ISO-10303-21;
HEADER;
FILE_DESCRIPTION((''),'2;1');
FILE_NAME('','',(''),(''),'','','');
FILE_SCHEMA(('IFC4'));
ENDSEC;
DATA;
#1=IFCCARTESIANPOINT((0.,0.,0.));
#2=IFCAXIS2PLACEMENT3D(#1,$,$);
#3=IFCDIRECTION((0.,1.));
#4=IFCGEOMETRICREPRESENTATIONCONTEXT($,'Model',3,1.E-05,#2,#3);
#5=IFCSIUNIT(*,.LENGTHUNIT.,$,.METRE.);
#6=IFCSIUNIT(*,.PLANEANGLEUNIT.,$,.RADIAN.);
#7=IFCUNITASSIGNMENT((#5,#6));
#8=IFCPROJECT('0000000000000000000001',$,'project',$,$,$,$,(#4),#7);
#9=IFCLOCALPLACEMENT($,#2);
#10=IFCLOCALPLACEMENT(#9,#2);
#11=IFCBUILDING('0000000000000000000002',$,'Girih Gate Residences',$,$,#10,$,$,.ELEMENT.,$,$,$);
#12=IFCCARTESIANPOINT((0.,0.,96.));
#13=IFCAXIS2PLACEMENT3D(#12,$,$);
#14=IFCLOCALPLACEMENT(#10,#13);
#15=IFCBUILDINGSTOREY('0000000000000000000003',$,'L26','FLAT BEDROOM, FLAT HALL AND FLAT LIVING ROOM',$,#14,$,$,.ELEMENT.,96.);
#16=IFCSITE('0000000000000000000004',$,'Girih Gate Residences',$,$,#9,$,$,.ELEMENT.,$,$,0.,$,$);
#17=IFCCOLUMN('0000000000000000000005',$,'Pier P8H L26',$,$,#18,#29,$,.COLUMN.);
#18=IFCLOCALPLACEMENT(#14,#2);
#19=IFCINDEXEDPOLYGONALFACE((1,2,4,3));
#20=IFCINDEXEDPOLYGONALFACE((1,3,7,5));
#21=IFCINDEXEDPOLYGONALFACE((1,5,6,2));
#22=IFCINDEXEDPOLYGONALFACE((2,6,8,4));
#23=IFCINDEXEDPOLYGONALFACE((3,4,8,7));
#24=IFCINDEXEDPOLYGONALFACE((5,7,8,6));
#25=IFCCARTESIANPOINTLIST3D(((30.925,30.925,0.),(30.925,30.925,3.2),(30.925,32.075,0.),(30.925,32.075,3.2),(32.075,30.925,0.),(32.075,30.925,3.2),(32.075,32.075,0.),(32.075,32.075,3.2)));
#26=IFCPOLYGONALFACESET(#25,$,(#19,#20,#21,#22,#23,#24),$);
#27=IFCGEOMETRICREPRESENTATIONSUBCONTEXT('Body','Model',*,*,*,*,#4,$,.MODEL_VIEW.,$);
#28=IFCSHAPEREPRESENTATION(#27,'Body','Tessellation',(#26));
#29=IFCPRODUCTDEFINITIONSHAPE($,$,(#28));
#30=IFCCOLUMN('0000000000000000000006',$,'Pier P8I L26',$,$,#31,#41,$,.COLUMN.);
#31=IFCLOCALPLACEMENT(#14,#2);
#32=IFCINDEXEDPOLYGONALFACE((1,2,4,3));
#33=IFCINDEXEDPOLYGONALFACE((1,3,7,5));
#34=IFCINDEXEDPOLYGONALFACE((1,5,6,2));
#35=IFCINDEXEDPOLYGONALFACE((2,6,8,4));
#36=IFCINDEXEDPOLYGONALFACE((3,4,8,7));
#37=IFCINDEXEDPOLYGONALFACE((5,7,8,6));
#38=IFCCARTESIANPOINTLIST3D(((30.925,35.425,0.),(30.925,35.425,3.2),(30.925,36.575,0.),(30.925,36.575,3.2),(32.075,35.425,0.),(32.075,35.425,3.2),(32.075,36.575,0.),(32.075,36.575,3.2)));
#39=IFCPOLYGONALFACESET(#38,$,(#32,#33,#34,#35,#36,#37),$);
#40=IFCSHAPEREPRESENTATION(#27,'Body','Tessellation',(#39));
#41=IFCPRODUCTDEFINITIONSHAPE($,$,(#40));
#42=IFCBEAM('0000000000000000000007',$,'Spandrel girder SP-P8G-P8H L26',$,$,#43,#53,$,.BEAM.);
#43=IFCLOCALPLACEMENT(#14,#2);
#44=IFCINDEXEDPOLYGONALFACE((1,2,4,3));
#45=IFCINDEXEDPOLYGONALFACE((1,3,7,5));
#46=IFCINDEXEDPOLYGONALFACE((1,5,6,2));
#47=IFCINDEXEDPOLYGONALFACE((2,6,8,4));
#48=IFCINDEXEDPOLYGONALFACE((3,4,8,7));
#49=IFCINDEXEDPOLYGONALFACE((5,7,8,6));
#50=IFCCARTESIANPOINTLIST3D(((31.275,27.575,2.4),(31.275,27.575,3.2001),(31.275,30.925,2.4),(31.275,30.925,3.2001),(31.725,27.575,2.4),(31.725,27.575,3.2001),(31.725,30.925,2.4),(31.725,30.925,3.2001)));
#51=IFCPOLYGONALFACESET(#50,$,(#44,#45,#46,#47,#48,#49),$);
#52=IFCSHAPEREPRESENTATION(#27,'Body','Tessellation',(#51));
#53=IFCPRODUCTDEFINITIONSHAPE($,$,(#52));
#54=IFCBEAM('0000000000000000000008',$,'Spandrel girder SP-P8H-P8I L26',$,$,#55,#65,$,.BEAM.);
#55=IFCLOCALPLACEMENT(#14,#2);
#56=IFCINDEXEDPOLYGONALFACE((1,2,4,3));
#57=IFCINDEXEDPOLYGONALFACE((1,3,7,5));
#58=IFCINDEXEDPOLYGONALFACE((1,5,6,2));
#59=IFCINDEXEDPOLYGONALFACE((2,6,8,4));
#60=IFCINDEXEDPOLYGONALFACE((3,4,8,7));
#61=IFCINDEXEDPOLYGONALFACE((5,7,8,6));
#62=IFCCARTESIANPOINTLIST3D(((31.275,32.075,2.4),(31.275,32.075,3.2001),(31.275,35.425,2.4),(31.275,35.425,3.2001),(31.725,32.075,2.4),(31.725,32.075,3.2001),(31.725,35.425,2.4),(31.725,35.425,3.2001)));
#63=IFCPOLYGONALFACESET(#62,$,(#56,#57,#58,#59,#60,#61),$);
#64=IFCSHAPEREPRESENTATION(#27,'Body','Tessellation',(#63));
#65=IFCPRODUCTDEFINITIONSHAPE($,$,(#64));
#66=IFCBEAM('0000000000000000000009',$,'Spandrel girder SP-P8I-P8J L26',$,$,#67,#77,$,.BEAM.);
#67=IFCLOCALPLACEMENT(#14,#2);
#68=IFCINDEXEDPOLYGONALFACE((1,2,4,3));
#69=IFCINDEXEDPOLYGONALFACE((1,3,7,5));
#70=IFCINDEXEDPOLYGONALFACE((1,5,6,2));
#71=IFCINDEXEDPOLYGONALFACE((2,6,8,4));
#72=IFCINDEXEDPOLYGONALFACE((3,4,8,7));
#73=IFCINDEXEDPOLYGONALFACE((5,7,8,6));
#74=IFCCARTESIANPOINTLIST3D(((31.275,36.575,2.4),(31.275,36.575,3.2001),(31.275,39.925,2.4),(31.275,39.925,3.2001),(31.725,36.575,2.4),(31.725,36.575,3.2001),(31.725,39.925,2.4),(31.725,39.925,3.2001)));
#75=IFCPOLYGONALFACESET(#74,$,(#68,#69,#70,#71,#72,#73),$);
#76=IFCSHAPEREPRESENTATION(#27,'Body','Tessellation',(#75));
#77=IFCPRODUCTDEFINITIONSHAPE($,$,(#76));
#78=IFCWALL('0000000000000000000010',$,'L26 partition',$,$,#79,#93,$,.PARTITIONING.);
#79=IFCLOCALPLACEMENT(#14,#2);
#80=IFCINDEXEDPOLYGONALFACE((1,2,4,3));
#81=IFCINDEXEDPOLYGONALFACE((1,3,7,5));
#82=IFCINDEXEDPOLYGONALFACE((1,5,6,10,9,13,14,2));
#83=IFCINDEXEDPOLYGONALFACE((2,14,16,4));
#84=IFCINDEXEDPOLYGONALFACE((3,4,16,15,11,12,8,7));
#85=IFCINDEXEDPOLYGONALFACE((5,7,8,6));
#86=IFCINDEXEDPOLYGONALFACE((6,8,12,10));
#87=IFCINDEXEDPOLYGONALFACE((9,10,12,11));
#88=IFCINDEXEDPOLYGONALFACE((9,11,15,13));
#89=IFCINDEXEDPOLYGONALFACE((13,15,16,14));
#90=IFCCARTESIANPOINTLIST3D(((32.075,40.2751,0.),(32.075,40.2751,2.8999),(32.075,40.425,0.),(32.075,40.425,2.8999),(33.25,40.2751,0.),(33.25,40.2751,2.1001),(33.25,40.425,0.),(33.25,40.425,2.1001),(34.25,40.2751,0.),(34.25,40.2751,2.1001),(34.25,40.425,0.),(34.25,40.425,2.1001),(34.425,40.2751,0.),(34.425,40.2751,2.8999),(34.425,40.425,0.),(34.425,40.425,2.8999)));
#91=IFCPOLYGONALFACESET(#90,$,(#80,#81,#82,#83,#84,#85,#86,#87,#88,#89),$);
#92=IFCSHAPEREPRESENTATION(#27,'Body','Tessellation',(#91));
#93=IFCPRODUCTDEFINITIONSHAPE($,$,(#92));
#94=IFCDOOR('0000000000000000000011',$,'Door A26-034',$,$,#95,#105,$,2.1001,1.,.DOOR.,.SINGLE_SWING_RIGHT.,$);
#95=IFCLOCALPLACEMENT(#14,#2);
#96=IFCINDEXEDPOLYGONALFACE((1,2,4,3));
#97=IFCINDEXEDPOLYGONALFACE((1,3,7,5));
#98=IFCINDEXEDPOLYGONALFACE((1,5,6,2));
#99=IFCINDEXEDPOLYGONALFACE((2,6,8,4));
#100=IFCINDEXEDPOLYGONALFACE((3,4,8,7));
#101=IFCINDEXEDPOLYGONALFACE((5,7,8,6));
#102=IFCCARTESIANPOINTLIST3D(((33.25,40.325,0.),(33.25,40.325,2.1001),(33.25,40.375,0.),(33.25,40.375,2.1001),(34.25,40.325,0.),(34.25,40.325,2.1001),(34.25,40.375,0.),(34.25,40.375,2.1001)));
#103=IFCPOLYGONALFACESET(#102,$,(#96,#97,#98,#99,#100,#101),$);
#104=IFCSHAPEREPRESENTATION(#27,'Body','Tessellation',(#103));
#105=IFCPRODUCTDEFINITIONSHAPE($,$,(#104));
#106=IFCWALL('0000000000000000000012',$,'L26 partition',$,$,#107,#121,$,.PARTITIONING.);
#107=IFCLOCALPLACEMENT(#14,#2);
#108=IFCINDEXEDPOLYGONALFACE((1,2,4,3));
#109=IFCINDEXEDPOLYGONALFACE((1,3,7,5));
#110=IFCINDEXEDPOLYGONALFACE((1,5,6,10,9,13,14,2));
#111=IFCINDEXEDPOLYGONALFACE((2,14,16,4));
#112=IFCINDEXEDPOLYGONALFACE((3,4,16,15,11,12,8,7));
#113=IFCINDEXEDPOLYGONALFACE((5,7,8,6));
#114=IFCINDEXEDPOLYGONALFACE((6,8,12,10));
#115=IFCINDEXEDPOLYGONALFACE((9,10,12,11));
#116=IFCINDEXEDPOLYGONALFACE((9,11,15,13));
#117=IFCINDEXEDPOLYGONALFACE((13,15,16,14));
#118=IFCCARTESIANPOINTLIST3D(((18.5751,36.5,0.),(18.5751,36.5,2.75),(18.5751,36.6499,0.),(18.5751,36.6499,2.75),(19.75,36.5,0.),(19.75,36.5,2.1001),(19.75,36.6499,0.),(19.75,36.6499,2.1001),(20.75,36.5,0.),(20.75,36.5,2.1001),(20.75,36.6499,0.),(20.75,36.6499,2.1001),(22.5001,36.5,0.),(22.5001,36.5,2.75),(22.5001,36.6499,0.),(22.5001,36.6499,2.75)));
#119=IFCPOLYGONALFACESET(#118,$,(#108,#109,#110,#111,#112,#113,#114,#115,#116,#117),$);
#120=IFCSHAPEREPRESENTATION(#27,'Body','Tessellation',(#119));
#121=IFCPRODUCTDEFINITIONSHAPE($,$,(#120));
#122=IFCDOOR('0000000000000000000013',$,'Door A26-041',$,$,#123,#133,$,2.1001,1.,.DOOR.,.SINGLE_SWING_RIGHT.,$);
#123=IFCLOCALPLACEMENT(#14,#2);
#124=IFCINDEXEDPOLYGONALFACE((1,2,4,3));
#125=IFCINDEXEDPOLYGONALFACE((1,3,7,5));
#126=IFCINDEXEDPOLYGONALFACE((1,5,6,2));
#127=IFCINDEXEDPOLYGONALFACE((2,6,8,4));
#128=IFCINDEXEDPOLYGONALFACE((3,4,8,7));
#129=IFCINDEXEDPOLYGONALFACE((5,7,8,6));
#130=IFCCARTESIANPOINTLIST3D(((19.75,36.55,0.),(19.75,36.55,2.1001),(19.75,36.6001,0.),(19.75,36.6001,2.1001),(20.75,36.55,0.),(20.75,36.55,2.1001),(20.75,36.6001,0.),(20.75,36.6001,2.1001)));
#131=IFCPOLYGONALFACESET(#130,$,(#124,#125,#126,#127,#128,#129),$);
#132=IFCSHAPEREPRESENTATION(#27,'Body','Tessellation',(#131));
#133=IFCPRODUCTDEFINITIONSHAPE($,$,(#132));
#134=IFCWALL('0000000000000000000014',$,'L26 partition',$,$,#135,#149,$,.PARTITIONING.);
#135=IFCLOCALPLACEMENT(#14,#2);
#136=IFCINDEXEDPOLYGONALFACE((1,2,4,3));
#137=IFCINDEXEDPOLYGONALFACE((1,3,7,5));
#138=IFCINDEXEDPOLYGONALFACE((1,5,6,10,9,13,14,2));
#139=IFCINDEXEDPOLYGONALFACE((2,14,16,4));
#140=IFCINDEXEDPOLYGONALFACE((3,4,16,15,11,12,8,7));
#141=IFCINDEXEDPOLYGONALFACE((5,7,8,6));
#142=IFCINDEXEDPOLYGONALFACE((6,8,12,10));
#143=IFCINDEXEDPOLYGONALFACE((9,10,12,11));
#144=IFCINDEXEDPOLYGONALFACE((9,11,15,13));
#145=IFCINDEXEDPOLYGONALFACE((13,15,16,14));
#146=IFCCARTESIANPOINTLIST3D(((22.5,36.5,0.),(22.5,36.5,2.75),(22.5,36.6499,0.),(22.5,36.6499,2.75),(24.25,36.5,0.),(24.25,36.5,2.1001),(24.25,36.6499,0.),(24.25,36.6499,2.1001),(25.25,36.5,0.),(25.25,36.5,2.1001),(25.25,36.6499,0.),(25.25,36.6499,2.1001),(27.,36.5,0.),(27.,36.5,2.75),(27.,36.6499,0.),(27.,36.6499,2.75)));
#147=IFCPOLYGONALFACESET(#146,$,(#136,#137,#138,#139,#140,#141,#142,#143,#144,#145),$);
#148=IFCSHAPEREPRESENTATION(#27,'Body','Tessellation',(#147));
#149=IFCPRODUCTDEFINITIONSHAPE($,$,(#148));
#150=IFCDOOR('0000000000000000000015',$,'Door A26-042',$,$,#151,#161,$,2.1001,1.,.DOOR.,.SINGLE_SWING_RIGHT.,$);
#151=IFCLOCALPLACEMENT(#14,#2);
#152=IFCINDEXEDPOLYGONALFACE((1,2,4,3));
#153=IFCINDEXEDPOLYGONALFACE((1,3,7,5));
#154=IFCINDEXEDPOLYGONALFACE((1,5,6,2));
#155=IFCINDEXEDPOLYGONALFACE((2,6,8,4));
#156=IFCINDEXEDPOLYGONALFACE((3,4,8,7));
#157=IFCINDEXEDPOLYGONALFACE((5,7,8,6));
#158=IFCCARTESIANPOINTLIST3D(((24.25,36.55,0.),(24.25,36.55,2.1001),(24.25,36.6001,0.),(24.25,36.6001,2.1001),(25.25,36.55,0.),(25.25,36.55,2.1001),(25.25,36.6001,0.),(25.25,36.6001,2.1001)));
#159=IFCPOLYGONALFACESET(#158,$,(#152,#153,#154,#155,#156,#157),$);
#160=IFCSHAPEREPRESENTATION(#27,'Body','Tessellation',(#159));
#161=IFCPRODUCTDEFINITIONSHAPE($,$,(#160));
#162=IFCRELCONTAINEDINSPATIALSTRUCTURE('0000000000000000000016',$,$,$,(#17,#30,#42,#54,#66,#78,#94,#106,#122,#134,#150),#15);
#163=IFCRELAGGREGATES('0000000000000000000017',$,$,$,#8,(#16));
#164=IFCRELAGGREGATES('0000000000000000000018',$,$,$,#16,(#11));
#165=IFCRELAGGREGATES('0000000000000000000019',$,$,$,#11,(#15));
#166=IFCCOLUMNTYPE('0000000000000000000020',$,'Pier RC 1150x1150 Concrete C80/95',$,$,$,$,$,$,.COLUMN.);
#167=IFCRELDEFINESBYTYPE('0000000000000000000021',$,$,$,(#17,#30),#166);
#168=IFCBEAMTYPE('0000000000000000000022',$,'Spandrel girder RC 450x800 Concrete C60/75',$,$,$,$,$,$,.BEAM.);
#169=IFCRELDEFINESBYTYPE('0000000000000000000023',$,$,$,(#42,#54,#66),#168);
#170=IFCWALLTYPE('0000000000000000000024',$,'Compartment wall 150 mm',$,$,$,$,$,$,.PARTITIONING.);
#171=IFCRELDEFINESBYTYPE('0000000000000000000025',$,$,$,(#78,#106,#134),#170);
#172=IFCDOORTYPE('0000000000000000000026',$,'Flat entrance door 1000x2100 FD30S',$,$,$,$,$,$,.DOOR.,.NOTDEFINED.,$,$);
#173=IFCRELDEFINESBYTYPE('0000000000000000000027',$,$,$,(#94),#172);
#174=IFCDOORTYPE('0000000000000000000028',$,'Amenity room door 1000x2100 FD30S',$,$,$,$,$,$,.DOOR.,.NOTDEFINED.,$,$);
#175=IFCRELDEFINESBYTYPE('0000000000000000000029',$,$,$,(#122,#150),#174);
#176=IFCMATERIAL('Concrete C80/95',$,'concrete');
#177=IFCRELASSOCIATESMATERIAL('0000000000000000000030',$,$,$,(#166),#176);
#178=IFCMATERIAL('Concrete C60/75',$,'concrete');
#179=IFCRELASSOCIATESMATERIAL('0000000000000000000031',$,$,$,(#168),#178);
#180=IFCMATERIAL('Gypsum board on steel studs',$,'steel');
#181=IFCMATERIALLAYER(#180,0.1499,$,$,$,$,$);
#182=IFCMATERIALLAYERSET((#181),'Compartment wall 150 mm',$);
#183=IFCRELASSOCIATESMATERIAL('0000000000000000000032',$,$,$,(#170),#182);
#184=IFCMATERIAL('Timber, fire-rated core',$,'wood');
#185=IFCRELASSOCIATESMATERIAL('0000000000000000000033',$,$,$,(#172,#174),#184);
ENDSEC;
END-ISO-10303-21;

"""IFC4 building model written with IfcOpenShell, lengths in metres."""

from ifc_helpers import new_model, si_unit, direction, frame, frame_2d, origin, origin_2d, place, context, subcontext, project, spatial, rectangle, extrude, material, layer, layer_set, material_profile, profile_set, type_object, element, fill, save


model = new_model("IFC4")

# Units and contexts
model_context = context("Model", 3, precision=1e-05, world=origin(), true_north=direction((0.0, 1.0)))
body_context = subcontext(model_context, "Body", "Model", "MODEL_VIEW")
ifc_project = project(units=[si_unit("LENGTHUNIT", "METRE"), si_unit("PLANEANGLEUNIT", "RADIAN")], contexts=[model_context])

# Site, building, storey
site_placement = place(None, origin())
site = spatial("IfcSite", under=ifc_project, at=site_placement, Name="Girih Gate Residences", CompositionType="ELEMENT", RefElevation=0.0)
building_placement = place(site_placement, origin())
building = spatial("IfcBuilding", under=site, at=building_placement, Name="Girih Gate Residences", CompositionType="ELEMENT")
storey_placement = place(building_placement, frame((0.0, 0.0, 96.0)))
storey = spatial("IfcBuildingStorey", under=building, at=storey_placement, Name="L26", Description="FLAT BEDROOM, FLAT HALL AND FLAT LIVING ROOM", CompositionType="ELEMENT", Elevation=96.0)

# Columns
ifc_material_1 = material(Name="Concrete C80/95", Category="concrete")
ifc_material_profile_1 = material_profile(ifc_material_1, rectangle(XDim=1.1499, YDim=1.1499, at=origin_2d()))
ifc_profile_set_1 = profile_set([ifc_material_profile_1], Name="Concrete C80/95")
column_type = type_object("IfcColumnType", Name="Pier RC 1150x1150 Concrete C80/95", PredefinedType="COLUMN", material=ifc_profile_set_1)
for number, where, z_axis, x_axis, name in (
    (1, (31.5, 31.5, 0.0), (0.0, 0.0, 1.0), (1.0, 0.0, 0.0), "Pier P8H L26"),
    (2, (31.5, 36.0, 0.0), (0.0, 0.0, 1.0), (1.0, 0.0, 0.0), "Pier P8I L26"),
):
    element("IfcColumn", number, at=place(storey_placement, frame(where, z_axis=z_axis, x_axis=x_axis)), inside=storey, type_object=column_type, Name=name, PredefinedType="COLUMN", context=body_context, shape_type="SweptSolid", body=[
        extrude(rectangle(XDim=1.1499, YDim=1.1499, at=origin_2d()), origin(), (0.0, 0.0, 1.0), 3.2),
    ])

# Beams
ifc_material_2 = material(Name="Concrete C60/75", Category="concrete")
ifc_material_profile_2 = material_profile(ifc_material_2, rectangle(XDim=0.45, YDim=0.8, at=origin_2d()))
ifc_profile_set_2 = profile_set([ifc_material_profile_2], Name="Concrete C60/75")
beam_type = type_object("IfcBeamType", Name="Spandrel girder RC 450x800 Concrete C60/75", PredefinedType="BEAM", material=ifc_profile_set_2)
for number, where, z_axis, x_axis, name in (
    (3, (31.5, 27.575, 2.8), (0.0, 1.0, 0.0), (-1.0, 0.0, 0.0), "Spandrel girder SP-P8G-P8H L26"),
    (4, (31.5, 32.075, 2.8), (0.0, 1.0, 0.0), (-1.0, 0.0, 0.0), "Spandrel girder SP-P8H-P8I L26"),
    (5, (31.5, 36.575, 2.8), (0.0, 1.0, 0.0), (-1.0, 0.0, 0.0), "Spandrel girder SP-P8I-P8J L26"),
):
    element("IfcBeam", number, at=place(storey_placement, frame(where, z_axis=z_axis, x_axis=x_axis)), inside=storey, type_object=beam_type, Name=name, PredefinedType="BEAM", context=body_context, shape_type="SweptSolid", body=[
        extrude(rectangle(XDim=0.45, YDim=0.8, at=origin_2d()), origin(), (0.0, 0.0, 1.0), 3.3501),
    ])

# Walls, openings, doors
ifc_material_3 = material(Name="Gypsum board on steel studs", Category="steel")
ifc_layer = layer(ifc_material_3, 0.1499)
ifc_layer_set = layer_set([ifc_layer], Name="Compartment wall 150 mm")
wall_type = type_object("IfcWallType", Name="Compartment wall 150 mm", PredefinedType="PARTITIONING", material=ifc_layer_set)
wall_1_placement = place(storey_placement, frame((32.075, 40.3501, 0.0), z_axis=(0.0, 0.0, 1.0), x_axis=(1.0, 0.0, 0.0)))
wall_1 = element("IfcWall", 6, at=wall_1_placement, inside=storey, type_object=wall_type, Name="L26 partition", PredefinedType="PARTITIONING", context=body_context, shape_type="SweptSolid", body=[
    extrude(rectangle(XDim=2.3501, YDim=0.1499, at=frame_2d((1.175, 0.0))), origin(), (0.0, 0.0, 1.0), 2.8999),
])
opening_1_placement = place(wall_1_placement, frame((1.175, 0.0, 0.0)))
opening_1 = element("IfcOpeningElement", 7, at=opening_1_placement, cuts=wall_1, PredefinedType="OPENING", context=body_context, shape_type="SweptSolid", body=[
    extrude(rectangle(XDim=1.0, YDim=2.1001, at=frame_2d((0.5, 1.05))), frame((0.0, 0.085, 0.0), z_axis=(0.0, -1.0, 0.0), x_axis=(1.0, 0.0, 0.0)), (0.0, 0.0, 1.0), 0.1699),
])
ifc_material_4 = material(Name="Timber, fire-rated core", Category="wood")
door_type_1 = type_object("IfcDoorType", Name="Flat entrance door 1000x2100 FD30S", OperationType="NOTDEFINED", PredefinedType="DOOR", material=ifc_material_4)
door_1_placement = place(opening_1_placement, origin())
door_1 = element("IfcDoor", 8, at=door_1_placement, inside=storey, type_object=door_type_1, Name="Door A26-034", OperationType="SINGLE_SWING_RIGHT", OverallHeight=2.1001, OverallWidth=1.0, PredefinedType="DOOR", context=body_context, shape_type="SweptSolid", body=[
    extrude(rectangle(XDim=1.0, YDim=2.1001, at=frame_2d((0.5, 1.05))), frame((0.0, 0.0249, 0.0), z_axis=(0.0, -1.0, 0.0), x_axis=(1.0, 0.0, 0.0)), (0.0, 0.0, 1.0), 0.05),
])
fill(opening_1, door_1)
wall_2_placement = place(storey_placement, frame((22.5, 36.575, 0.0), z_axis=(0.0, 0.0, 1.0), x_axis=(-1.0, 0.0, 0.0)))
wall_2 = element("IfcWall", 9, at=wall_2_placement, inside=storey, type_object=wall_type, Name="L26 partition", PredefinedType="PARTITIONING", context=body_context, shape_type="SweptSolid", body=[
    extrude(rectangle(XDim=3.925, YDim=0.1499, at=frame_2d((1.9624, 0.0))), origin(), (0.0, 0.0, 1.0), 2.75),
])
opening_2_placement = place(wall_2_placement, frame((1.75, 0.0, 0.0)))
opening_2 = element("IfcOpeningElement", 10, at=opening_2_placement, cuts=wall_2, PredefinedType="OPENING", context=body_context, shape_type="SweptSolid", body=[
    extrude(rectangle(XDim=1.0, YDim=2.1001, at=frame_2d((0.5, 1.05))), frame((0.0, 0.085, 0.0), z_axis=(0.0, -1.0, 0.0), x_axis=(1.0, 0.0, 0.0)), (0.0, 0.0, 1.0), 0.1699),
])
door_type_2 = type_object("IfcDoorType", Name="Amenity room door 1000x2100 FD30S", OperationType="NOTDEFINED", PredefinedType="DOOR", material=ifc_material_4)
door_2_placement = place(opening_2_placement, origin())
door_2 = element("IfcDoor", 11, at=door_2_placement, inside=storey, type_object=door_type_2, Name="Door A26-041", OperationType="SINGLE_SWING_RIGHT", OverallHeight=2.1001, OverallWidth=1.0, PredefinedType="DOOR", context=body_context, shape_type="SweptSolid", body=[
    extrude(rectangle(XDim=1.0, YDim=2.1001, at=frame_2d((0.5, 1.05))), frame((0.0, 0.0249, 0.0), z_axis=(0.0, -1.0, 0.0), x_axis=(1.0, 0.0, 0.0)), (0.0, 0.0, 1.0), 0.05),
])
fill(opening_2, door_2)
wall_3_placement = place(storey_placement, frame((27.0, 36.575, 0.0), z_axis=(0.0, 0.0, 1.0), x_axis=(-1.0, 0.0, 0.0)))
wall_3 = element("IfcWall", 12, at=wall_3_placement, inside=storey, type_object=wall_type, Name="L26 partition", PredefinedType="PARTITIONING", context=body_context, shape_type="SweptSolid", body=[
    extrude(rectangle(XDim=4.5, YDim=0.1499, at=frame_2d((2.25, 0.0))), origin(), (0.0, 0.0, 1.0), 2.75),
])
opening_3_placement = place(wall_3_placement, frame((1.75, 0.0, 0.0)))
opening_3 = element("IfcOpeningElement", 13, at=opening_3_placement, cuts=wall_3, PredefinedType="OPENING", context=body_context, shape_type="SweptSolid", body=[
    extrude(rectangle(XDim=1.0, YDim=2.1001, at=frame_2d((0.5, 1.05))), frame((0.0, 0.085, 0.0), z_axis=(0.0, -1.0, 0.0), x_axis=(1.0, 0.0, 0.0)), (0.0, 0.0, 1.0), 0.1699),
])
door_3_placement = place(opening_3_placement, origin())
door_3 = element("IfcDoor", 14, at=door_3_placement, inside=storey, type_object=door_type_2, Name="Door A26-042", OperationType="SINGLE_SWING_RIGHT", OverallHeight=2.1001, OverallWidth=1.0, PredefinedType="DOOR", context=body_context, shape_type="SweptSolid", body=[
    extrude(rectangle(XDim=1.0, YDim=2.1001, at=frame_2d((0.5, 1.05))), frame((0.0, 0.0249, 0.0), z_axis=(0.0, -1.0, 0.0), x_axis=(1.0, 0.0, 0.0)), (0.0, 0.0, 1.0), 0.05),
])
fill(opening_3, door_3)

save(model, "model.ifc")
